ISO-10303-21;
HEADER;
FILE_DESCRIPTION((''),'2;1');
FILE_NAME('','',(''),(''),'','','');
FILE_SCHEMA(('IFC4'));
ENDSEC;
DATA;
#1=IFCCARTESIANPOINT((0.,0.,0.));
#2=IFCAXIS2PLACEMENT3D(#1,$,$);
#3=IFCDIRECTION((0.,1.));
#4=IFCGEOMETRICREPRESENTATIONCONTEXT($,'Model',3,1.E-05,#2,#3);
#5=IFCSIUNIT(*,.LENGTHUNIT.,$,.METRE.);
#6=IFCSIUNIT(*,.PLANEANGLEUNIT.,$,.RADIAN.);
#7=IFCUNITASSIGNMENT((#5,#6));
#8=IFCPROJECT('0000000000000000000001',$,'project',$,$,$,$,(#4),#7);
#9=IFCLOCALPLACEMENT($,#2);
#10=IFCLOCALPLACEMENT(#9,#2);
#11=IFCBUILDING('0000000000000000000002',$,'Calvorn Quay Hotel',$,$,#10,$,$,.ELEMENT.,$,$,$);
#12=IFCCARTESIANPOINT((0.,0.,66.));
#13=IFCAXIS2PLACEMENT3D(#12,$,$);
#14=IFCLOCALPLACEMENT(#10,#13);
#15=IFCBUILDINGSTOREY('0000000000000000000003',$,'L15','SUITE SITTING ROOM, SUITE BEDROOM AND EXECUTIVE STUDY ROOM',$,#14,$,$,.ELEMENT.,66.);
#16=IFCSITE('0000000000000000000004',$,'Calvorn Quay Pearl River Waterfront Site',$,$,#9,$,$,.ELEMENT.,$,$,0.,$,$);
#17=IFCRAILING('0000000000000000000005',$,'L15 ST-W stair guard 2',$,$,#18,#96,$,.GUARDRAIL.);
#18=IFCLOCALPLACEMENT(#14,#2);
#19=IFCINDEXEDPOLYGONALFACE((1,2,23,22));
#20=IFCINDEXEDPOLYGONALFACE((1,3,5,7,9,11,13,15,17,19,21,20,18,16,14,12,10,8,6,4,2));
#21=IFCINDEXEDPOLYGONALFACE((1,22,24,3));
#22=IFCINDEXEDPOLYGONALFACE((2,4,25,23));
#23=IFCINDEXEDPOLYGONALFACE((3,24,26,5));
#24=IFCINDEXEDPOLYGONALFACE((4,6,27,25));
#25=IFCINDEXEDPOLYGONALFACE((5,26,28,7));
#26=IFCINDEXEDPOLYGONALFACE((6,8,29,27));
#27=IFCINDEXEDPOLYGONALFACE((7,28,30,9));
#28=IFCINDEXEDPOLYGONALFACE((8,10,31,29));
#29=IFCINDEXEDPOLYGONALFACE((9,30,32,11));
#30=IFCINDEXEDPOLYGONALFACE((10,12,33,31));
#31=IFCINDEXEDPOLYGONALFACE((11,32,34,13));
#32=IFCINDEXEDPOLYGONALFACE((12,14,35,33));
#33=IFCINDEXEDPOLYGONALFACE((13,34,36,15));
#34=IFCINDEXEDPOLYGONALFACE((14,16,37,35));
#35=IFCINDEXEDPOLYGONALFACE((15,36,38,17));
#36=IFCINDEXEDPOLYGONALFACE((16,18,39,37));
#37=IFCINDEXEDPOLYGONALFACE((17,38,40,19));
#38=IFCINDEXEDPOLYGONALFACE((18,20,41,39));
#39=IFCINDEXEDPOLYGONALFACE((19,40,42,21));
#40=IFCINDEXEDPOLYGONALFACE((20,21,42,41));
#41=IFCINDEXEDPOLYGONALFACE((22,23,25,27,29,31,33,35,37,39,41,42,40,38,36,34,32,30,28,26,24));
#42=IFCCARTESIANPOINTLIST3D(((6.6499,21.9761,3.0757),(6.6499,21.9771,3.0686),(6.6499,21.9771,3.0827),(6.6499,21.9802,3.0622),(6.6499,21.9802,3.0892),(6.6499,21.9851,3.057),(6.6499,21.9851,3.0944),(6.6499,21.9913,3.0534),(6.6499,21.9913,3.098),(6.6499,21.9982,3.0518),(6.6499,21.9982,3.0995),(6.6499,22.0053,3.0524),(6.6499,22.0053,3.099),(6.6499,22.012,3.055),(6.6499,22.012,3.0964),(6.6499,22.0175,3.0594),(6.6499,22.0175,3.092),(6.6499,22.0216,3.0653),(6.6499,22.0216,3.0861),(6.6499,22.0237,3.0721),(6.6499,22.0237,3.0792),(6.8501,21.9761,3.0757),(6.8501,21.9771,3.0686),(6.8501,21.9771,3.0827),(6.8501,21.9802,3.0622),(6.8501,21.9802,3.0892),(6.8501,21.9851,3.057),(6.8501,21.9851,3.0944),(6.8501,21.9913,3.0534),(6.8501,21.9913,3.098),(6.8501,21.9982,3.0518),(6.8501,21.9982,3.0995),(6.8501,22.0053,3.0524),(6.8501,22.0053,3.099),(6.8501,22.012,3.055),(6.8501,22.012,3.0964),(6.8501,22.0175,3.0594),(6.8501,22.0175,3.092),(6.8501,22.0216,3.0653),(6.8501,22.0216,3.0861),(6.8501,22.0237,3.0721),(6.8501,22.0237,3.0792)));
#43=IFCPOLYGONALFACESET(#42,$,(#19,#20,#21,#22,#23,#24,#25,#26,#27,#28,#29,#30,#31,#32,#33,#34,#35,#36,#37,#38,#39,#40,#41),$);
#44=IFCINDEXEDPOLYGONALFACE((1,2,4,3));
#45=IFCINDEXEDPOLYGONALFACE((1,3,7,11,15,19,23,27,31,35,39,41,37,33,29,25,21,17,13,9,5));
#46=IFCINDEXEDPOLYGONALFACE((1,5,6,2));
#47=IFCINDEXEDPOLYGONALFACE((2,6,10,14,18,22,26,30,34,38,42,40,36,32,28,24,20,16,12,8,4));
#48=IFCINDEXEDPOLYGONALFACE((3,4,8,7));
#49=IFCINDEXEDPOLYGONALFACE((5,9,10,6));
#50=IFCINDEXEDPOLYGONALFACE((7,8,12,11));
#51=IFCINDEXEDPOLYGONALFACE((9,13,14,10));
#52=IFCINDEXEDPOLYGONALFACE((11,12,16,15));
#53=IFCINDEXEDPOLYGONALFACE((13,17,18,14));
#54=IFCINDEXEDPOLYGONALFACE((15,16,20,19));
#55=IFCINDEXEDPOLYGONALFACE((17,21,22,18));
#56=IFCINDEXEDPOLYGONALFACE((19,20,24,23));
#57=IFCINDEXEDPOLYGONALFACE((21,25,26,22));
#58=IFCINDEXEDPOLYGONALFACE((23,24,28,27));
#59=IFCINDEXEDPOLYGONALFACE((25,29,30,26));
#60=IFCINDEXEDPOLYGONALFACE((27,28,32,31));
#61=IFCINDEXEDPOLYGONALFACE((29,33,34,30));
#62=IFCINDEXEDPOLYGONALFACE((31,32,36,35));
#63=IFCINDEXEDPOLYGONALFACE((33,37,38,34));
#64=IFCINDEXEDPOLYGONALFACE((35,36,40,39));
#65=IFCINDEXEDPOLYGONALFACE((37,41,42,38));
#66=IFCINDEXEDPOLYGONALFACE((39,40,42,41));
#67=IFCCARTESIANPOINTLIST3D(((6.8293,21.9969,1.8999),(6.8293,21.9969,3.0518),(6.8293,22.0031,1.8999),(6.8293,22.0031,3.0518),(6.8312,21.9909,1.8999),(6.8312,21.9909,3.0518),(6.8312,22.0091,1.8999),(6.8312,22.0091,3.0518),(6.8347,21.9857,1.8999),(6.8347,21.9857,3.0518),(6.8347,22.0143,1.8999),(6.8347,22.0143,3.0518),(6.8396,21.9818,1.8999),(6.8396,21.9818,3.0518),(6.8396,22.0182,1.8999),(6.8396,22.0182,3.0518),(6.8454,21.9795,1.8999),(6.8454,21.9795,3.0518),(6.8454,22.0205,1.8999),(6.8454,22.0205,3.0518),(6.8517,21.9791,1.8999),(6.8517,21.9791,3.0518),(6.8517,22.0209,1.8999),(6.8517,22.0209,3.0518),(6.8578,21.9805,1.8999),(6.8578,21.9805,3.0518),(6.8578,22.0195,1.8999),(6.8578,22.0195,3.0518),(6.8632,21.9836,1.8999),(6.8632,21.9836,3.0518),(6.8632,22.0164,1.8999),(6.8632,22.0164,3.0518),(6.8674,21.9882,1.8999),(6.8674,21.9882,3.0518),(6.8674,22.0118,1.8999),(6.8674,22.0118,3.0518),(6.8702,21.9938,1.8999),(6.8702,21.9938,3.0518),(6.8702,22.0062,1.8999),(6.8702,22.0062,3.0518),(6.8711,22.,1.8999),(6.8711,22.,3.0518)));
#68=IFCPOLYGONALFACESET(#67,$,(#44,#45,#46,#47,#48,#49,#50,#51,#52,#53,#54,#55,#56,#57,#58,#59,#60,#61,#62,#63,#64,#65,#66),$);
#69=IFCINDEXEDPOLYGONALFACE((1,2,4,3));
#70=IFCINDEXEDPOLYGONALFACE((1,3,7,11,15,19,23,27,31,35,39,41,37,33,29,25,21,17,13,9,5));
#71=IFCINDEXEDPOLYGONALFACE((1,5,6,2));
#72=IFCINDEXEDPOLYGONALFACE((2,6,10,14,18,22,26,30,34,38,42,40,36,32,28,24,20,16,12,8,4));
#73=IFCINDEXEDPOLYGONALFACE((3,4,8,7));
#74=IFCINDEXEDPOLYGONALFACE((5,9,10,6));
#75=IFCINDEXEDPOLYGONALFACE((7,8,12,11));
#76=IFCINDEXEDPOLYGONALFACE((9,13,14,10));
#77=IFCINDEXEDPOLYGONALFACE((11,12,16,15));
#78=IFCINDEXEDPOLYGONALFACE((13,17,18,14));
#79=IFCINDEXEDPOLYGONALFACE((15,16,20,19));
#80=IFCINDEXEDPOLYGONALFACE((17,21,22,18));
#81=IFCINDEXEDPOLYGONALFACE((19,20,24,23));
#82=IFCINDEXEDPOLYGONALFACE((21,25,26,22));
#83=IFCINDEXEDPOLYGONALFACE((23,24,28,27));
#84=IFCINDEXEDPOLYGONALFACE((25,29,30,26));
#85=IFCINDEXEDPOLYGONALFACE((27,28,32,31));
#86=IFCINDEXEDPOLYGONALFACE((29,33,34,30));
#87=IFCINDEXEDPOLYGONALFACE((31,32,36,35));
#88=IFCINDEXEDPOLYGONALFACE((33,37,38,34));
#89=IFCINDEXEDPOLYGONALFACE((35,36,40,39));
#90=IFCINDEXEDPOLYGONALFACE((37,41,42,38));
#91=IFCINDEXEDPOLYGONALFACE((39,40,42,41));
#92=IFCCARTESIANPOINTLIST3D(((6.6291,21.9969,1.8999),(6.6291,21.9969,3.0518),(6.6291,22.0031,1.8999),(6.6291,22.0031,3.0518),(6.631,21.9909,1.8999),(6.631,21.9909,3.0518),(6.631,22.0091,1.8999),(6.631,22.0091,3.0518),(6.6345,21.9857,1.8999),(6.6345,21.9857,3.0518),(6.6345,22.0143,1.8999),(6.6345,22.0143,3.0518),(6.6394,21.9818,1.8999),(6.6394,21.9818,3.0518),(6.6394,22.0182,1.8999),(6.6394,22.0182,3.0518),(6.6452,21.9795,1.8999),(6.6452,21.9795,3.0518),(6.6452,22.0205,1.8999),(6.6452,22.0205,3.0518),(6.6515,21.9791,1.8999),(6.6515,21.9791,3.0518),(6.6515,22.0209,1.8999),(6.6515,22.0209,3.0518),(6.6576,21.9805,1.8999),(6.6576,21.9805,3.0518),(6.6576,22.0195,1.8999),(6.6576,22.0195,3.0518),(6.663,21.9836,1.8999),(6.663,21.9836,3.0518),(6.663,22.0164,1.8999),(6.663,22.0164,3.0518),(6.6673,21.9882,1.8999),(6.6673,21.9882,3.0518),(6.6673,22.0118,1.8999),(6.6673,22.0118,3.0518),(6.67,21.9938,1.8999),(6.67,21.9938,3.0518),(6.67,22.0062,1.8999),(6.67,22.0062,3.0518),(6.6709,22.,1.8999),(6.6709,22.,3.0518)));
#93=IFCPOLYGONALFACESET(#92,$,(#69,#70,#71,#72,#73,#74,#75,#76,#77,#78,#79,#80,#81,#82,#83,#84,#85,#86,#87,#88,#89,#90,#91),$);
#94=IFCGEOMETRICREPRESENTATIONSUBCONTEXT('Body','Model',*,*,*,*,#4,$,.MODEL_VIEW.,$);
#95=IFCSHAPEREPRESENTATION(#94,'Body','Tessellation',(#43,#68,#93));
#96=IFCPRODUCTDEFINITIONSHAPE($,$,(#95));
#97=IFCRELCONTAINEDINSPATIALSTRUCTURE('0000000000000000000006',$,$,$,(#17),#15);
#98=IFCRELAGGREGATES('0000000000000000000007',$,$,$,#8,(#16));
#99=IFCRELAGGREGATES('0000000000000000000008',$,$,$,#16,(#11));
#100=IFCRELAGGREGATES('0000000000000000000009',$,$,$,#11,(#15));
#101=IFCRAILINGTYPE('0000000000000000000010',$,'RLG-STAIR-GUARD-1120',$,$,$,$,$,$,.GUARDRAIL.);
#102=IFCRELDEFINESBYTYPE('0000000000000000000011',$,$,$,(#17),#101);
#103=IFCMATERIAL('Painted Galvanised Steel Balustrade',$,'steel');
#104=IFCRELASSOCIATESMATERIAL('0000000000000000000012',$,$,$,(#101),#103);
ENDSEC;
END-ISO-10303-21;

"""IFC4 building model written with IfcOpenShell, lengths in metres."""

from ifc_helpers import new_model, si_unit, direction, frame, origin, origin_2d, place, context, subcontext, project, spatial, circle, extrude, material, type_object, element, save


model = new_model("IFC4")

# Units and contexts
model_context = context("Model", 3, precision=1e-05, world=origin(), true_north=direction((0.0, 1.0)))
body_context = subcontext(model_context, "Body", "Model", "MODEL_VIEW")
ifc_project = project(units=[si_unit("LENGTHUNIT", "METRE"), si_unit("PLANEANGLEUNIT", "RADIAN")], contexts=[model_context])

# Site, building, storey
site_placement = place(None, origin())
site = spatial("IfcSite", under=ifc_project, at=site_placement, Name="Calvorn Quay Pearl River Waterfront Site", CompositionType="ELEMENT", RefElevation=0.0)
building_placement = place(site_placement, origin())
building = spatial("IfcBuilding", under=site, at=building_placement, Name="Calvorn Quay Hotel", CompositionType="ELEMENT")
storey_placement = place(building_placement, frame((0.0, 0.0, 66.0)))
storey = spatial("IfcBuildingStorey", under=building, at=storey_placement, Name="L15", Description="SUITE SITTING ROOM, SUITE BEDROOM AND EXECUTIVE STUDY ROOM", CompositionType="ELEMENT", Elevation=66.0)

# Railing
ifc_material_1 = material(Name="Painted Galvanised Steel Balustrade", Category="steel")
railing_type_1 = type_object("IfcRailingType", Name="RLG-STAIR-GUARD-1120", PredefinedType="GUARDRAIL", material=ifc_material_1)
railing_1_placement = place(storey_placement, frame((6.8501, 22.0, 1.8999)))
element("IfcRailing", 1, at=railing_1_placement, inside=storey, type_object=railing_type_1, Name="L15 ST-W stair guard 2", PredefinedType="GUARDRAIL", context=body_context, shape_type="SweptSolid", body=[
    extrude(circle(Radius=0.0239, at=origin_2d()), frame((0.0, 0.0, 1.1758), z_axis=(-1.0, 0.0, 0.0), x_axis=(0.0, -1.0, 0.0)), (0.0, 0.0, 1.0), 0.2002),
    extrude(circle(Radius=0.021, at=origin_2d()), origin(), (0.0, 0.0, 1.0), 1.1519),
    extrude(circle(Radius=0.021, at=origin_2d()), frame((-0.2002, 0.0, 0.0)), (0.0, 0.0, 1.0), 1.1519),
])

save(model, "model.ifc")
